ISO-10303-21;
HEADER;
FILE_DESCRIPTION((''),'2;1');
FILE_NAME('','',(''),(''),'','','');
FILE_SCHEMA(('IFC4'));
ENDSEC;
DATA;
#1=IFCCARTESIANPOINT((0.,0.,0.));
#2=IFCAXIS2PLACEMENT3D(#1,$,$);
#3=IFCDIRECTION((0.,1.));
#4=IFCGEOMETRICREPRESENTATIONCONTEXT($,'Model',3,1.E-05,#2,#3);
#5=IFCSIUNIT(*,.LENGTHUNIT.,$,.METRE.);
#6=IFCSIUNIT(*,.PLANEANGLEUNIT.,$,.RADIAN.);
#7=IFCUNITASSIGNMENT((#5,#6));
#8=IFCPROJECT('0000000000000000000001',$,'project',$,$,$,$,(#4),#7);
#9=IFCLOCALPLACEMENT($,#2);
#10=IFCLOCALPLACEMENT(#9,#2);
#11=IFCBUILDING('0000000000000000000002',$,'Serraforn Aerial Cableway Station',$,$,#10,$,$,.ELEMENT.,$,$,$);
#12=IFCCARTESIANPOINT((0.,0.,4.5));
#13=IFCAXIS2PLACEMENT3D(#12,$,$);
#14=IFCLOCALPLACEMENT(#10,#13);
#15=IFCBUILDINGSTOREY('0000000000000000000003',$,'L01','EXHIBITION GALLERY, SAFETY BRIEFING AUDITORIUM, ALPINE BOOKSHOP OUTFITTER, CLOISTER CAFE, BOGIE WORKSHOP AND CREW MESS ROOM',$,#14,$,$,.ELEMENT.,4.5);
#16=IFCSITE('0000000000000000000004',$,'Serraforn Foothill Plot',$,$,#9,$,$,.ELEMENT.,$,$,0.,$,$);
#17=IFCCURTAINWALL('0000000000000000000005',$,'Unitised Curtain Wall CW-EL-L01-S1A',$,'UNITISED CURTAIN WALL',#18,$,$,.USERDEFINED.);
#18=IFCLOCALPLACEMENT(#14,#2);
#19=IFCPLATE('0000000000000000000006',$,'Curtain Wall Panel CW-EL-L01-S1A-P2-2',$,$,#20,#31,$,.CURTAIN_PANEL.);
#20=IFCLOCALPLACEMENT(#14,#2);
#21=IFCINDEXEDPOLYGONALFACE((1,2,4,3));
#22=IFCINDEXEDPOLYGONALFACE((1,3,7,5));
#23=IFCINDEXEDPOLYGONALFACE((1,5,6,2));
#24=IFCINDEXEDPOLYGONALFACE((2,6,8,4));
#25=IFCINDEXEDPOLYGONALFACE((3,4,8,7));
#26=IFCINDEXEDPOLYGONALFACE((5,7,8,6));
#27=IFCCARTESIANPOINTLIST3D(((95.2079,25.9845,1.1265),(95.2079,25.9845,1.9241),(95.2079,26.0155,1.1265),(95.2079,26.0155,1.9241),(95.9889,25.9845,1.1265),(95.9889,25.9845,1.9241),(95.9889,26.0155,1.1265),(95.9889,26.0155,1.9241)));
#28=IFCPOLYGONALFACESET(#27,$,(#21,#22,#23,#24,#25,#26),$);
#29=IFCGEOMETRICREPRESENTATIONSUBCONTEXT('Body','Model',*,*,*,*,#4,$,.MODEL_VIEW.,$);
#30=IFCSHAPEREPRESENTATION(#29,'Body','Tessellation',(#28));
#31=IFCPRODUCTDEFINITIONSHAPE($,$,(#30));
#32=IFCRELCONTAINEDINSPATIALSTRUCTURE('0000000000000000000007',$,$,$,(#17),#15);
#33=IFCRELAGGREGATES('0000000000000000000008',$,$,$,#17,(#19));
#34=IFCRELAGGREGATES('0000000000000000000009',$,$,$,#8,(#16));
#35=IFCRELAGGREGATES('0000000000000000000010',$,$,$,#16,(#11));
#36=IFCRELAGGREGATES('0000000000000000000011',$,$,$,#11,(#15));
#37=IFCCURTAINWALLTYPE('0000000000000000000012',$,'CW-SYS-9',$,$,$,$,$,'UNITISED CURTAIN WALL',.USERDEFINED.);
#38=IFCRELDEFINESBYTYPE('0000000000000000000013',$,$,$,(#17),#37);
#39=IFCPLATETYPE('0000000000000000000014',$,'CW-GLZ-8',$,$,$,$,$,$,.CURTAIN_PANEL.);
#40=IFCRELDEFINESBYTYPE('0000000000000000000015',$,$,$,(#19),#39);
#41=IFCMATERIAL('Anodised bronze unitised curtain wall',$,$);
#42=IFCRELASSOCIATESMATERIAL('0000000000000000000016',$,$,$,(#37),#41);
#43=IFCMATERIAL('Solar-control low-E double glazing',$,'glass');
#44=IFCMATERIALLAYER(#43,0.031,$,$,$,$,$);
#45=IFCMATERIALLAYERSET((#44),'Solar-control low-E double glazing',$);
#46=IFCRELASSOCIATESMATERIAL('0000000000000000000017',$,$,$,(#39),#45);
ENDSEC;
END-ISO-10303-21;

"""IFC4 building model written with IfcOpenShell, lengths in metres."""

from ifc_helpers import new_model, si_unit, direction, frame, origin, origin_2d, place, context, subcontext, project, spatial, rectangle, extrude, material, layer, layer_set, type_object, element, aggregate, save


model = new_model("IFC4")

# Units and contexts
model_context = context("Model", 3, precision=1e-05, world=origin(), true_north=direction((0.0, 1.0)))
body_context = subcontext(model_context, "Body", "Model", "MODEL_VIEW")
ifc_project = project(units=[si_unit("LENGTHUNIT", "METRE"), si_unit("PLANEANGLEUNIT", "RADIAN")], contexts=[model_context])

# Site, building, storey
site_placement = place(None, origin())
site = spatial("IfcSite", under=ifc_project, at=site_placement, Name="Serraforn Foothill Plot", CompositionType="ELEMENT", RefElevation=0.0)
building_placement = place(site_placement, origin())
building = spatial("IfcBuilding", under=site, at=building_placement, Name="Serraforn Aerial Cableway Station", CompositionType="ELEMENT")
storey_placement = place(building_placement, frame((0.0, 0.0, 4.5)))
storey = spatial("IfcBuildingStorey", under=building, at=storey_placement, Name="L01", Description="EXHIBITION GALLERY, SAFETY BRIEFING AUDITORIUM, ALPINE BOOKSHOP OUTFITTER, CLOISTER CAFE, BOGIE WORKSHOP AND CREW MESS ROOM", CompositionType="ELEMENT", Elevation=4.5)

# Curtain wall
ifc_material_1 = material(Name="Anodised bronze unitised curtain wall")
curtain_wall_type_1 = type_object("IfcCurtainWallType", Name="CW-SYS-9", ElementType="UNITISED CURTAIN WALL", PredefinedType="USERDEFINED", material=ifc_material_1)
curtain_wall_1_placement = place(storey_placement, origin())
curtain_wall_1 = element("IfcCurtainWall", 1, at=curtain_wall_1_placement, inside=storey, type_object=curtain_wall_type_1, Name="Unitised Curtain Wall CW-EL-L01-S1A", ObjectType="UNITISED CURTAIN WALL", PredefinedType="USERDEFINED")

# Plate
ifc_material_2 = material(Name="Solar-control low-E double glazing", Category="glass")
ifc_layer_1 = layer(ifc_material_2, 0.031)
ifc_layer_set_1 = layer_set([ifc_layer_1], Name="Solar-control low-E double glazing")
plate_type_1 = type_object("IfcPlateType", Name="CW-GLZ-8", PredefinedType="CURTAIN_PANEL", material=ifc_layer_set_1)
plate_1_placement = place(storey_placement, frame((95.5984, 26.0, 1.1265), z_axis=(0.0, 0.0, 1.0), x_axis=(1.0, 0.0, 0.0)))
plate_1 = element("IfcPlate", 2, at=plate_1_placement, type_object=plate_type_1, Name="Curtain Wall Panel CW-EL-L01-S1A-P2-2", PredefinedType="CURTAIN_PANEL", context=body_context, shape_type="SweptSolid", body=[
    extrude(rectangle(XDim=0.781, YDim=0.031, at=origin_2d()), origin(), (0.0, 0.0, 1.0), 0.7976),
])
aggregate(curtain_wall_1, [plate_1])

save(model, "model.ifc")
